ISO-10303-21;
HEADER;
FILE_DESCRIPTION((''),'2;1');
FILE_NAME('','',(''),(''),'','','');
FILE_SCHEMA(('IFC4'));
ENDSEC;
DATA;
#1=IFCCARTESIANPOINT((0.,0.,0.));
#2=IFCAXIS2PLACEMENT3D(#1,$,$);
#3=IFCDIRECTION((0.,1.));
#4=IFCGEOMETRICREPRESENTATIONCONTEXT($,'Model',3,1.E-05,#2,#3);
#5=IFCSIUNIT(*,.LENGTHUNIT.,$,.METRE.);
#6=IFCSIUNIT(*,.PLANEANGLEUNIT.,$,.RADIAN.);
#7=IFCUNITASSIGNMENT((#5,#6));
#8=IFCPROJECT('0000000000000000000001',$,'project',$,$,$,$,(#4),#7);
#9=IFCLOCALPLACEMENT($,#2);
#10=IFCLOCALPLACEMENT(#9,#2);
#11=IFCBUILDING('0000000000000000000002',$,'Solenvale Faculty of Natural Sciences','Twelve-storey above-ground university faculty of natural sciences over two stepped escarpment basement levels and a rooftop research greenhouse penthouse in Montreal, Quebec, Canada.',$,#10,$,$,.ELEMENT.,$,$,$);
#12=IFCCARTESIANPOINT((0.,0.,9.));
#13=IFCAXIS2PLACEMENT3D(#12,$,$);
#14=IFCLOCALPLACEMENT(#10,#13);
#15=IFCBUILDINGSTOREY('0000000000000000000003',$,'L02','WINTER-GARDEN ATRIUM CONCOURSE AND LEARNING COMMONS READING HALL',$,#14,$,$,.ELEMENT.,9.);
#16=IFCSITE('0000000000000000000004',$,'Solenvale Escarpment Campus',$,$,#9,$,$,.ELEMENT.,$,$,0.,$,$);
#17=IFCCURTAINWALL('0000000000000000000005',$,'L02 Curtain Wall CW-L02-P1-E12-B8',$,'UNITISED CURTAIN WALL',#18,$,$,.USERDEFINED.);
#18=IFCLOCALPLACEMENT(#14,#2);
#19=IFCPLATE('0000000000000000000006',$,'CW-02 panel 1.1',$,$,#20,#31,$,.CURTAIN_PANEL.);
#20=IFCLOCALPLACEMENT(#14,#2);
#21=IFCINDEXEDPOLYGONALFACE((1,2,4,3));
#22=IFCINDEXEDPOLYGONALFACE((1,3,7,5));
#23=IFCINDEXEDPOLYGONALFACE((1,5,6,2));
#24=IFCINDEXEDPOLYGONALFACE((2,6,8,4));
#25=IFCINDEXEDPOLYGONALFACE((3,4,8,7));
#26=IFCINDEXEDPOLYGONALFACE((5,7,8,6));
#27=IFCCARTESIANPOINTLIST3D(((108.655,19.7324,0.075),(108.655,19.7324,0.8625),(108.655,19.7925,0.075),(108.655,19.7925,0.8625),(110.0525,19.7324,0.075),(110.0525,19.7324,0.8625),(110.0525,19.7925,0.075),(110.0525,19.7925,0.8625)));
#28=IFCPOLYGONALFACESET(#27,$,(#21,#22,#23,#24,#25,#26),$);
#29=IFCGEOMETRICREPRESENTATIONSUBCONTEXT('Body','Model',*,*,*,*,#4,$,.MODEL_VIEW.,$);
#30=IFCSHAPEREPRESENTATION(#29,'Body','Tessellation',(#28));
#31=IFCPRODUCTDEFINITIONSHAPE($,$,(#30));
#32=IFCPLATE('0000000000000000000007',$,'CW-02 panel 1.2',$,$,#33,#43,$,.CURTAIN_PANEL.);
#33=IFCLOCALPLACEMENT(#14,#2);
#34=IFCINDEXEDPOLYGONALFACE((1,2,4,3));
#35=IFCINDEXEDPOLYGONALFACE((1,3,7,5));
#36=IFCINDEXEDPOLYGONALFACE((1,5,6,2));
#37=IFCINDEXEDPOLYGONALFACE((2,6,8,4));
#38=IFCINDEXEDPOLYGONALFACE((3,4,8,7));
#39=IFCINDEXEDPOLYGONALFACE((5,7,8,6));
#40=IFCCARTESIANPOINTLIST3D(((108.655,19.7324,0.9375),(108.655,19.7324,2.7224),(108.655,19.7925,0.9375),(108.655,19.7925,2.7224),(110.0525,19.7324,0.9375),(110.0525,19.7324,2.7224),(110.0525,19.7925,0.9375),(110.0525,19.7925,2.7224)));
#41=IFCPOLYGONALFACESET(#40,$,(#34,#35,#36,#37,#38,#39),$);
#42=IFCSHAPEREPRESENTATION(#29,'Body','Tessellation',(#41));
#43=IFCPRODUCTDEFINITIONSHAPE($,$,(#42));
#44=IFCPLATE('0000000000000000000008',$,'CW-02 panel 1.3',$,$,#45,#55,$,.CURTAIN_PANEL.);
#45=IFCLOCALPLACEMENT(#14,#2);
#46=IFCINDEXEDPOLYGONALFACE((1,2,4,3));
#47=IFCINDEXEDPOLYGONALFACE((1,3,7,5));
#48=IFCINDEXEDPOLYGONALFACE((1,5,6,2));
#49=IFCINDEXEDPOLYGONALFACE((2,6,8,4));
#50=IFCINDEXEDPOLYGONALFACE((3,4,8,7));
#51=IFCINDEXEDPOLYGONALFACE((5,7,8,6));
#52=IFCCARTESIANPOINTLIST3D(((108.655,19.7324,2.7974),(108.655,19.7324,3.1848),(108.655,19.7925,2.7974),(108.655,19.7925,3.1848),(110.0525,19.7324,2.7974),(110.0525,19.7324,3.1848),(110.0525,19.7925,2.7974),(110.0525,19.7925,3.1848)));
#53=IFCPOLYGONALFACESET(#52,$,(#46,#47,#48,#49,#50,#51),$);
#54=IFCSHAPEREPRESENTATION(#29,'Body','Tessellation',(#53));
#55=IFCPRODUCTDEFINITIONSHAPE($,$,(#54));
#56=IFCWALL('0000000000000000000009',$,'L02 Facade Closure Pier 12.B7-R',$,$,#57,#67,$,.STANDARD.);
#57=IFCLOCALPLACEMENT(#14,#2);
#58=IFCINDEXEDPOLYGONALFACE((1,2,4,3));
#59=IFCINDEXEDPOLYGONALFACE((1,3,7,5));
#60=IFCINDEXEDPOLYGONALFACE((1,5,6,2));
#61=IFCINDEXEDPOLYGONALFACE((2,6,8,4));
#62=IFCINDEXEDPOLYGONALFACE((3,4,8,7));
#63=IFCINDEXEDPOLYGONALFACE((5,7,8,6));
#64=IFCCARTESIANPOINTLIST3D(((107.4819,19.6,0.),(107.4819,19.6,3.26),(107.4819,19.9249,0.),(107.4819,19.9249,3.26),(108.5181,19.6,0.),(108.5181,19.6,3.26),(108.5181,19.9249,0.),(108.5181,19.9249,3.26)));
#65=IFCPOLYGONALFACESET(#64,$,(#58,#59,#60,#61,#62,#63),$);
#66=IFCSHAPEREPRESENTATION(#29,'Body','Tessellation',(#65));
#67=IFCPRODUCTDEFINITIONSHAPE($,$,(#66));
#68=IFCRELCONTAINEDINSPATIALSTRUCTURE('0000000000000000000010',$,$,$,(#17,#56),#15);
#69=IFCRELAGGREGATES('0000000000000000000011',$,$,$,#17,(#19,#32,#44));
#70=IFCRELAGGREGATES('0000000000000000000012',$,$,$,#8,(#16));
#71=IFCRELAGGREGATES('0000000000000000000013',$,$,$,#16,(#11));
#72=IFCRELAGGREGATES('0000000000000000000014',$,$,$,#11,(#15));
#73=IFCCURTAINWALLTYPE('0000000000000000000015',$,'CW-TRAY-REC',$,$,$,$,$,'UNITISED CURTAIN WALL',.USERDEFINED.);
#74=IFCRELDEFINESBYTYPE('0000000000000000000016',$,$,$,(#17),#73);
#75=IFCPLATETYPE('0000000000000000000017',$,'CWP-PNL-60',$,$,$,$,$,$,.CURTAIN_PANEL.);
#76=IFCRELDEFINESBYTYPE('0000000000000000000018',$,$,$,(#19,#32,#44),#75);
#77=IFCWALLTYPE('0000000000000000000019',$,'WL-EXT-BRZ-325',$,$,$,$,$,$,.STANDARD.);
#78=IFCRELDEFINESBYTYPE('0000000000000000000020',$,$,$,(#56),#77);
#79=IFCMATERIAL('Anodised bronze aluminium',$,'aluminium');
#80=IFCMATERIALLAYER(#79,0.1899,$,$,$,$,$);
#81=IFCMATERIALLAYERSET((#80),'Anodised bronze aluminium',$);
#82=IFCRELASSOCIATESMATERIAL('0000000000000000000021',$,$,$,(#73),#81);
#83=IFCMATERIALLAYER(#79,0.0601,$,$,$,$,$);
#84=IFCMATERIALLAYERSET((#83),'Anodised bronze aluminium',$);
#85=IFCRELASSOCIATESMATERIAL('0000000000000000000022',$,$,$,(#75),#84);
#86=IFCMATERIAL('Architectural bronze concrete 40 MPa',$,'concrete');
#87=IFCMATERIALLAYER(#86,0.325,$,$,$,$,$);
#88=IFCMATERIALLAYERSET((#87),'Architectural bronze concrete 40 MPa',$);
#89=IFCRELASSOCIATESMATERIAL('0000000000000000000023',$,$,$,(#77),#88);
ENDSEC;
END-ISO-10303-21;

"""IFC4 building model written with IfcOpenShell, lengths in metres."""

from ifc_helpers import new_model, si_unit, direction, frame, frame_2d, origin, origin_2d, place, context, subcontext, project, spatial, rectangle, extrude, material, layer, layer_set, type_object, element, aggregate, save


model = new_model("IFC4")

# Units and contexts
model_context = context("Model", 3, precision=1e-05, world=origin(), true_north=direction((0.0, 1.0)))
body_context = subcontext(model_context, "Body", "Model", "MODEL_VIEW")
ifc_project = project(units=[si_unit("LENGTHUNIT", "METRE"), si_unit("PLANEANGLEUNIT", "RADIAN")], contexts=[model_context])

# Site, building, storey
site_placement = place(None, origin())
site = spatial("IfcSite", under=ifc_project, at=site_placement, Name="Solenvale Escarpment Campus", CompositionType="ELEMENT", RefElevation=0.0)
building_placement = place(site_placement, origin())
building = spatial("IfcBuilding", under=site, at=building_placement, Name="Solenvale Faculty of Natural Sciences", Description="Twelve-storey above-ground university faculty of natural sciences over two stepped escarpment basement levels and a rooftop research greenhouse penthouse in Montreal, Quebec, Canada.", CompositionType="ELEMENT")
storey_placement = place(building_placement, frame((0.0, 0.0, 9.0)))
storey = spatial("IfcBuildingStorey", under=building, at=storey_placement, Name="L02", Description="WINTER-GARDEN ATRIUM CONCOURSE AND LEARNING COMMONS READING HALL", CompositionType="ELEMENT", Elevation=9.0)

# Shared definitions
ifc_material_1 = material(Name="Architectural bronze concrete 40 MPa", Category="concrete")

# Curtain wall
ifc_material_2 = material(Name="Anodised bronze aluminium", Category="aluminium")
ifc_layer_1 = layer(ifc_material_2, 0.1899)
ifc_layer_set_1 = layer_set([ifc_layer_1], Name="Anodised bronze aluminium")
curtain_wall_type = type_object("IfcCurtainWallType", Name="CW-TRAY-REC", ElementType="UNITISED CURTAIN WALL", PredefinedType="USERDEFINED", material=ifc_layer_set_1)
curtain_wall_1_placement = place(storey_placement, origin())
curtain_wall_1 = element("IfcCurtainWall", 1, at=curtain_wall_1_placement, inside=storey, type_object=curtain_wall_type, Name="L02 Curtain Wall CW-L02-P1-E12-B8", ObjectType="UNITISED CURTAIN WALL", PredefinedType="USERDEFINED")

# Plates
ifc_layer_2 = layer(ifc_material_2, 0.0601)
ifc_layer_set_2 = layer_set([ifc_layer_2], Name="Anodised bronze aluminium")
plate_type_1 = type_object("IfcPlateType", Name="CWP-PNL-60", PredefinedType="CURTAIN_PANEL", material=ifc_layer_set_2)
plate_1_placement = place(storey_placement, frame((109.3538, 19.7625, 0.075), z_axis=(0.0, 0.0, 1.0), x_axis=(1.0, 0.0, 0.0)))
plate_1 = element("IfcPlate", 2, at=plate_1_placement, type_object=plate_type_1, Name="CW-02 panel 1.1", PredefinedType="CURTAIN_PANEL", context=body_context, shape_type="SweptSolid", body=[
    extrude(rectangle(XDim=1.3975, YDim=0.0601, at=origin_2d()), origin(), (0.0, 0.0, 1.0), 0.7876),
])
plate_2_placement = place(storey_placement, frame((109.3538, 19.7625, 0.9375), z_axis=(0.0, 0.0, 1.0), x_axis=(1.0, 0.0, 0.0)))
plate_2 = element("IfcPlate", 3, at=plate_2_placement, type_object=plate_type_1, Name="CW-02 panel 1.2", PredefinedType="CURTAIN_PANEL", context=body_context, shape_type="SweptSolid", body=[
    extrude(rectangle(XDim=1.3975, YDim=0.0601, at=origin_2d()), origin(), (0.0, 0.0, 1.0), 1.7849),
])
plate_3_placement = place(storey_placement, frame((109.3538, 19.7625, 2.7974), z_axis=(0.0, 0.0, 1.0), x_axis=(1.0, 0.0, 0.0)))
plate_3 = element("IfcPlate", 4, at=plate_3_placement, type_object=plate_type_1, Name="CW-02 panel 1.3", PredefinedType="CURTAIN_PANEL", context=body_context, shape_type="SweptSolid", body=[
    extrude(rectangle(XDim=1.3975, YDim=0.0601, at=origin_2d()), origin(), (0.0, 0.0, 1.0), 0.3875),
])
aggregate(curtain_wall_1, [plate_1, plate_2, plate_3])

# Wall
ifc_layer_3 = layer(ifc_material_1, 0.325)
ifc_layer_set_3 = layer_set([ifc_layer_3], Name="Architectural bronze concrete 40 MPa")
wall_type = type_object("IfcWallType", Name="WL-EXT-BRZ-325", PredefinedType="STANDARD", material=ifc_layer_set_3)
wall_placement = place(storey_placement, frame((107.4819, 19.7625, 0.0), z_axis=(0.0, 0.0, 1.0), x_axis=(1.0, 0.0, 0.0)))
element("IfcWall", 5, at=wall_placement, inside=storey, type_object=wall_type, Name="L02 Facade Closure Pier 12.B7-R", PredefinedType="STANDARD", context=body_context, shape_type="SweptSolid", body=[
    extrude(rectangle(XDim=1.0361, YDim=0.325, at=frame_2d((0.5181, 0.0))), origin(), (0.0, 0.0, 1.0), 3.26),
])

save(model, "model.ifc")
